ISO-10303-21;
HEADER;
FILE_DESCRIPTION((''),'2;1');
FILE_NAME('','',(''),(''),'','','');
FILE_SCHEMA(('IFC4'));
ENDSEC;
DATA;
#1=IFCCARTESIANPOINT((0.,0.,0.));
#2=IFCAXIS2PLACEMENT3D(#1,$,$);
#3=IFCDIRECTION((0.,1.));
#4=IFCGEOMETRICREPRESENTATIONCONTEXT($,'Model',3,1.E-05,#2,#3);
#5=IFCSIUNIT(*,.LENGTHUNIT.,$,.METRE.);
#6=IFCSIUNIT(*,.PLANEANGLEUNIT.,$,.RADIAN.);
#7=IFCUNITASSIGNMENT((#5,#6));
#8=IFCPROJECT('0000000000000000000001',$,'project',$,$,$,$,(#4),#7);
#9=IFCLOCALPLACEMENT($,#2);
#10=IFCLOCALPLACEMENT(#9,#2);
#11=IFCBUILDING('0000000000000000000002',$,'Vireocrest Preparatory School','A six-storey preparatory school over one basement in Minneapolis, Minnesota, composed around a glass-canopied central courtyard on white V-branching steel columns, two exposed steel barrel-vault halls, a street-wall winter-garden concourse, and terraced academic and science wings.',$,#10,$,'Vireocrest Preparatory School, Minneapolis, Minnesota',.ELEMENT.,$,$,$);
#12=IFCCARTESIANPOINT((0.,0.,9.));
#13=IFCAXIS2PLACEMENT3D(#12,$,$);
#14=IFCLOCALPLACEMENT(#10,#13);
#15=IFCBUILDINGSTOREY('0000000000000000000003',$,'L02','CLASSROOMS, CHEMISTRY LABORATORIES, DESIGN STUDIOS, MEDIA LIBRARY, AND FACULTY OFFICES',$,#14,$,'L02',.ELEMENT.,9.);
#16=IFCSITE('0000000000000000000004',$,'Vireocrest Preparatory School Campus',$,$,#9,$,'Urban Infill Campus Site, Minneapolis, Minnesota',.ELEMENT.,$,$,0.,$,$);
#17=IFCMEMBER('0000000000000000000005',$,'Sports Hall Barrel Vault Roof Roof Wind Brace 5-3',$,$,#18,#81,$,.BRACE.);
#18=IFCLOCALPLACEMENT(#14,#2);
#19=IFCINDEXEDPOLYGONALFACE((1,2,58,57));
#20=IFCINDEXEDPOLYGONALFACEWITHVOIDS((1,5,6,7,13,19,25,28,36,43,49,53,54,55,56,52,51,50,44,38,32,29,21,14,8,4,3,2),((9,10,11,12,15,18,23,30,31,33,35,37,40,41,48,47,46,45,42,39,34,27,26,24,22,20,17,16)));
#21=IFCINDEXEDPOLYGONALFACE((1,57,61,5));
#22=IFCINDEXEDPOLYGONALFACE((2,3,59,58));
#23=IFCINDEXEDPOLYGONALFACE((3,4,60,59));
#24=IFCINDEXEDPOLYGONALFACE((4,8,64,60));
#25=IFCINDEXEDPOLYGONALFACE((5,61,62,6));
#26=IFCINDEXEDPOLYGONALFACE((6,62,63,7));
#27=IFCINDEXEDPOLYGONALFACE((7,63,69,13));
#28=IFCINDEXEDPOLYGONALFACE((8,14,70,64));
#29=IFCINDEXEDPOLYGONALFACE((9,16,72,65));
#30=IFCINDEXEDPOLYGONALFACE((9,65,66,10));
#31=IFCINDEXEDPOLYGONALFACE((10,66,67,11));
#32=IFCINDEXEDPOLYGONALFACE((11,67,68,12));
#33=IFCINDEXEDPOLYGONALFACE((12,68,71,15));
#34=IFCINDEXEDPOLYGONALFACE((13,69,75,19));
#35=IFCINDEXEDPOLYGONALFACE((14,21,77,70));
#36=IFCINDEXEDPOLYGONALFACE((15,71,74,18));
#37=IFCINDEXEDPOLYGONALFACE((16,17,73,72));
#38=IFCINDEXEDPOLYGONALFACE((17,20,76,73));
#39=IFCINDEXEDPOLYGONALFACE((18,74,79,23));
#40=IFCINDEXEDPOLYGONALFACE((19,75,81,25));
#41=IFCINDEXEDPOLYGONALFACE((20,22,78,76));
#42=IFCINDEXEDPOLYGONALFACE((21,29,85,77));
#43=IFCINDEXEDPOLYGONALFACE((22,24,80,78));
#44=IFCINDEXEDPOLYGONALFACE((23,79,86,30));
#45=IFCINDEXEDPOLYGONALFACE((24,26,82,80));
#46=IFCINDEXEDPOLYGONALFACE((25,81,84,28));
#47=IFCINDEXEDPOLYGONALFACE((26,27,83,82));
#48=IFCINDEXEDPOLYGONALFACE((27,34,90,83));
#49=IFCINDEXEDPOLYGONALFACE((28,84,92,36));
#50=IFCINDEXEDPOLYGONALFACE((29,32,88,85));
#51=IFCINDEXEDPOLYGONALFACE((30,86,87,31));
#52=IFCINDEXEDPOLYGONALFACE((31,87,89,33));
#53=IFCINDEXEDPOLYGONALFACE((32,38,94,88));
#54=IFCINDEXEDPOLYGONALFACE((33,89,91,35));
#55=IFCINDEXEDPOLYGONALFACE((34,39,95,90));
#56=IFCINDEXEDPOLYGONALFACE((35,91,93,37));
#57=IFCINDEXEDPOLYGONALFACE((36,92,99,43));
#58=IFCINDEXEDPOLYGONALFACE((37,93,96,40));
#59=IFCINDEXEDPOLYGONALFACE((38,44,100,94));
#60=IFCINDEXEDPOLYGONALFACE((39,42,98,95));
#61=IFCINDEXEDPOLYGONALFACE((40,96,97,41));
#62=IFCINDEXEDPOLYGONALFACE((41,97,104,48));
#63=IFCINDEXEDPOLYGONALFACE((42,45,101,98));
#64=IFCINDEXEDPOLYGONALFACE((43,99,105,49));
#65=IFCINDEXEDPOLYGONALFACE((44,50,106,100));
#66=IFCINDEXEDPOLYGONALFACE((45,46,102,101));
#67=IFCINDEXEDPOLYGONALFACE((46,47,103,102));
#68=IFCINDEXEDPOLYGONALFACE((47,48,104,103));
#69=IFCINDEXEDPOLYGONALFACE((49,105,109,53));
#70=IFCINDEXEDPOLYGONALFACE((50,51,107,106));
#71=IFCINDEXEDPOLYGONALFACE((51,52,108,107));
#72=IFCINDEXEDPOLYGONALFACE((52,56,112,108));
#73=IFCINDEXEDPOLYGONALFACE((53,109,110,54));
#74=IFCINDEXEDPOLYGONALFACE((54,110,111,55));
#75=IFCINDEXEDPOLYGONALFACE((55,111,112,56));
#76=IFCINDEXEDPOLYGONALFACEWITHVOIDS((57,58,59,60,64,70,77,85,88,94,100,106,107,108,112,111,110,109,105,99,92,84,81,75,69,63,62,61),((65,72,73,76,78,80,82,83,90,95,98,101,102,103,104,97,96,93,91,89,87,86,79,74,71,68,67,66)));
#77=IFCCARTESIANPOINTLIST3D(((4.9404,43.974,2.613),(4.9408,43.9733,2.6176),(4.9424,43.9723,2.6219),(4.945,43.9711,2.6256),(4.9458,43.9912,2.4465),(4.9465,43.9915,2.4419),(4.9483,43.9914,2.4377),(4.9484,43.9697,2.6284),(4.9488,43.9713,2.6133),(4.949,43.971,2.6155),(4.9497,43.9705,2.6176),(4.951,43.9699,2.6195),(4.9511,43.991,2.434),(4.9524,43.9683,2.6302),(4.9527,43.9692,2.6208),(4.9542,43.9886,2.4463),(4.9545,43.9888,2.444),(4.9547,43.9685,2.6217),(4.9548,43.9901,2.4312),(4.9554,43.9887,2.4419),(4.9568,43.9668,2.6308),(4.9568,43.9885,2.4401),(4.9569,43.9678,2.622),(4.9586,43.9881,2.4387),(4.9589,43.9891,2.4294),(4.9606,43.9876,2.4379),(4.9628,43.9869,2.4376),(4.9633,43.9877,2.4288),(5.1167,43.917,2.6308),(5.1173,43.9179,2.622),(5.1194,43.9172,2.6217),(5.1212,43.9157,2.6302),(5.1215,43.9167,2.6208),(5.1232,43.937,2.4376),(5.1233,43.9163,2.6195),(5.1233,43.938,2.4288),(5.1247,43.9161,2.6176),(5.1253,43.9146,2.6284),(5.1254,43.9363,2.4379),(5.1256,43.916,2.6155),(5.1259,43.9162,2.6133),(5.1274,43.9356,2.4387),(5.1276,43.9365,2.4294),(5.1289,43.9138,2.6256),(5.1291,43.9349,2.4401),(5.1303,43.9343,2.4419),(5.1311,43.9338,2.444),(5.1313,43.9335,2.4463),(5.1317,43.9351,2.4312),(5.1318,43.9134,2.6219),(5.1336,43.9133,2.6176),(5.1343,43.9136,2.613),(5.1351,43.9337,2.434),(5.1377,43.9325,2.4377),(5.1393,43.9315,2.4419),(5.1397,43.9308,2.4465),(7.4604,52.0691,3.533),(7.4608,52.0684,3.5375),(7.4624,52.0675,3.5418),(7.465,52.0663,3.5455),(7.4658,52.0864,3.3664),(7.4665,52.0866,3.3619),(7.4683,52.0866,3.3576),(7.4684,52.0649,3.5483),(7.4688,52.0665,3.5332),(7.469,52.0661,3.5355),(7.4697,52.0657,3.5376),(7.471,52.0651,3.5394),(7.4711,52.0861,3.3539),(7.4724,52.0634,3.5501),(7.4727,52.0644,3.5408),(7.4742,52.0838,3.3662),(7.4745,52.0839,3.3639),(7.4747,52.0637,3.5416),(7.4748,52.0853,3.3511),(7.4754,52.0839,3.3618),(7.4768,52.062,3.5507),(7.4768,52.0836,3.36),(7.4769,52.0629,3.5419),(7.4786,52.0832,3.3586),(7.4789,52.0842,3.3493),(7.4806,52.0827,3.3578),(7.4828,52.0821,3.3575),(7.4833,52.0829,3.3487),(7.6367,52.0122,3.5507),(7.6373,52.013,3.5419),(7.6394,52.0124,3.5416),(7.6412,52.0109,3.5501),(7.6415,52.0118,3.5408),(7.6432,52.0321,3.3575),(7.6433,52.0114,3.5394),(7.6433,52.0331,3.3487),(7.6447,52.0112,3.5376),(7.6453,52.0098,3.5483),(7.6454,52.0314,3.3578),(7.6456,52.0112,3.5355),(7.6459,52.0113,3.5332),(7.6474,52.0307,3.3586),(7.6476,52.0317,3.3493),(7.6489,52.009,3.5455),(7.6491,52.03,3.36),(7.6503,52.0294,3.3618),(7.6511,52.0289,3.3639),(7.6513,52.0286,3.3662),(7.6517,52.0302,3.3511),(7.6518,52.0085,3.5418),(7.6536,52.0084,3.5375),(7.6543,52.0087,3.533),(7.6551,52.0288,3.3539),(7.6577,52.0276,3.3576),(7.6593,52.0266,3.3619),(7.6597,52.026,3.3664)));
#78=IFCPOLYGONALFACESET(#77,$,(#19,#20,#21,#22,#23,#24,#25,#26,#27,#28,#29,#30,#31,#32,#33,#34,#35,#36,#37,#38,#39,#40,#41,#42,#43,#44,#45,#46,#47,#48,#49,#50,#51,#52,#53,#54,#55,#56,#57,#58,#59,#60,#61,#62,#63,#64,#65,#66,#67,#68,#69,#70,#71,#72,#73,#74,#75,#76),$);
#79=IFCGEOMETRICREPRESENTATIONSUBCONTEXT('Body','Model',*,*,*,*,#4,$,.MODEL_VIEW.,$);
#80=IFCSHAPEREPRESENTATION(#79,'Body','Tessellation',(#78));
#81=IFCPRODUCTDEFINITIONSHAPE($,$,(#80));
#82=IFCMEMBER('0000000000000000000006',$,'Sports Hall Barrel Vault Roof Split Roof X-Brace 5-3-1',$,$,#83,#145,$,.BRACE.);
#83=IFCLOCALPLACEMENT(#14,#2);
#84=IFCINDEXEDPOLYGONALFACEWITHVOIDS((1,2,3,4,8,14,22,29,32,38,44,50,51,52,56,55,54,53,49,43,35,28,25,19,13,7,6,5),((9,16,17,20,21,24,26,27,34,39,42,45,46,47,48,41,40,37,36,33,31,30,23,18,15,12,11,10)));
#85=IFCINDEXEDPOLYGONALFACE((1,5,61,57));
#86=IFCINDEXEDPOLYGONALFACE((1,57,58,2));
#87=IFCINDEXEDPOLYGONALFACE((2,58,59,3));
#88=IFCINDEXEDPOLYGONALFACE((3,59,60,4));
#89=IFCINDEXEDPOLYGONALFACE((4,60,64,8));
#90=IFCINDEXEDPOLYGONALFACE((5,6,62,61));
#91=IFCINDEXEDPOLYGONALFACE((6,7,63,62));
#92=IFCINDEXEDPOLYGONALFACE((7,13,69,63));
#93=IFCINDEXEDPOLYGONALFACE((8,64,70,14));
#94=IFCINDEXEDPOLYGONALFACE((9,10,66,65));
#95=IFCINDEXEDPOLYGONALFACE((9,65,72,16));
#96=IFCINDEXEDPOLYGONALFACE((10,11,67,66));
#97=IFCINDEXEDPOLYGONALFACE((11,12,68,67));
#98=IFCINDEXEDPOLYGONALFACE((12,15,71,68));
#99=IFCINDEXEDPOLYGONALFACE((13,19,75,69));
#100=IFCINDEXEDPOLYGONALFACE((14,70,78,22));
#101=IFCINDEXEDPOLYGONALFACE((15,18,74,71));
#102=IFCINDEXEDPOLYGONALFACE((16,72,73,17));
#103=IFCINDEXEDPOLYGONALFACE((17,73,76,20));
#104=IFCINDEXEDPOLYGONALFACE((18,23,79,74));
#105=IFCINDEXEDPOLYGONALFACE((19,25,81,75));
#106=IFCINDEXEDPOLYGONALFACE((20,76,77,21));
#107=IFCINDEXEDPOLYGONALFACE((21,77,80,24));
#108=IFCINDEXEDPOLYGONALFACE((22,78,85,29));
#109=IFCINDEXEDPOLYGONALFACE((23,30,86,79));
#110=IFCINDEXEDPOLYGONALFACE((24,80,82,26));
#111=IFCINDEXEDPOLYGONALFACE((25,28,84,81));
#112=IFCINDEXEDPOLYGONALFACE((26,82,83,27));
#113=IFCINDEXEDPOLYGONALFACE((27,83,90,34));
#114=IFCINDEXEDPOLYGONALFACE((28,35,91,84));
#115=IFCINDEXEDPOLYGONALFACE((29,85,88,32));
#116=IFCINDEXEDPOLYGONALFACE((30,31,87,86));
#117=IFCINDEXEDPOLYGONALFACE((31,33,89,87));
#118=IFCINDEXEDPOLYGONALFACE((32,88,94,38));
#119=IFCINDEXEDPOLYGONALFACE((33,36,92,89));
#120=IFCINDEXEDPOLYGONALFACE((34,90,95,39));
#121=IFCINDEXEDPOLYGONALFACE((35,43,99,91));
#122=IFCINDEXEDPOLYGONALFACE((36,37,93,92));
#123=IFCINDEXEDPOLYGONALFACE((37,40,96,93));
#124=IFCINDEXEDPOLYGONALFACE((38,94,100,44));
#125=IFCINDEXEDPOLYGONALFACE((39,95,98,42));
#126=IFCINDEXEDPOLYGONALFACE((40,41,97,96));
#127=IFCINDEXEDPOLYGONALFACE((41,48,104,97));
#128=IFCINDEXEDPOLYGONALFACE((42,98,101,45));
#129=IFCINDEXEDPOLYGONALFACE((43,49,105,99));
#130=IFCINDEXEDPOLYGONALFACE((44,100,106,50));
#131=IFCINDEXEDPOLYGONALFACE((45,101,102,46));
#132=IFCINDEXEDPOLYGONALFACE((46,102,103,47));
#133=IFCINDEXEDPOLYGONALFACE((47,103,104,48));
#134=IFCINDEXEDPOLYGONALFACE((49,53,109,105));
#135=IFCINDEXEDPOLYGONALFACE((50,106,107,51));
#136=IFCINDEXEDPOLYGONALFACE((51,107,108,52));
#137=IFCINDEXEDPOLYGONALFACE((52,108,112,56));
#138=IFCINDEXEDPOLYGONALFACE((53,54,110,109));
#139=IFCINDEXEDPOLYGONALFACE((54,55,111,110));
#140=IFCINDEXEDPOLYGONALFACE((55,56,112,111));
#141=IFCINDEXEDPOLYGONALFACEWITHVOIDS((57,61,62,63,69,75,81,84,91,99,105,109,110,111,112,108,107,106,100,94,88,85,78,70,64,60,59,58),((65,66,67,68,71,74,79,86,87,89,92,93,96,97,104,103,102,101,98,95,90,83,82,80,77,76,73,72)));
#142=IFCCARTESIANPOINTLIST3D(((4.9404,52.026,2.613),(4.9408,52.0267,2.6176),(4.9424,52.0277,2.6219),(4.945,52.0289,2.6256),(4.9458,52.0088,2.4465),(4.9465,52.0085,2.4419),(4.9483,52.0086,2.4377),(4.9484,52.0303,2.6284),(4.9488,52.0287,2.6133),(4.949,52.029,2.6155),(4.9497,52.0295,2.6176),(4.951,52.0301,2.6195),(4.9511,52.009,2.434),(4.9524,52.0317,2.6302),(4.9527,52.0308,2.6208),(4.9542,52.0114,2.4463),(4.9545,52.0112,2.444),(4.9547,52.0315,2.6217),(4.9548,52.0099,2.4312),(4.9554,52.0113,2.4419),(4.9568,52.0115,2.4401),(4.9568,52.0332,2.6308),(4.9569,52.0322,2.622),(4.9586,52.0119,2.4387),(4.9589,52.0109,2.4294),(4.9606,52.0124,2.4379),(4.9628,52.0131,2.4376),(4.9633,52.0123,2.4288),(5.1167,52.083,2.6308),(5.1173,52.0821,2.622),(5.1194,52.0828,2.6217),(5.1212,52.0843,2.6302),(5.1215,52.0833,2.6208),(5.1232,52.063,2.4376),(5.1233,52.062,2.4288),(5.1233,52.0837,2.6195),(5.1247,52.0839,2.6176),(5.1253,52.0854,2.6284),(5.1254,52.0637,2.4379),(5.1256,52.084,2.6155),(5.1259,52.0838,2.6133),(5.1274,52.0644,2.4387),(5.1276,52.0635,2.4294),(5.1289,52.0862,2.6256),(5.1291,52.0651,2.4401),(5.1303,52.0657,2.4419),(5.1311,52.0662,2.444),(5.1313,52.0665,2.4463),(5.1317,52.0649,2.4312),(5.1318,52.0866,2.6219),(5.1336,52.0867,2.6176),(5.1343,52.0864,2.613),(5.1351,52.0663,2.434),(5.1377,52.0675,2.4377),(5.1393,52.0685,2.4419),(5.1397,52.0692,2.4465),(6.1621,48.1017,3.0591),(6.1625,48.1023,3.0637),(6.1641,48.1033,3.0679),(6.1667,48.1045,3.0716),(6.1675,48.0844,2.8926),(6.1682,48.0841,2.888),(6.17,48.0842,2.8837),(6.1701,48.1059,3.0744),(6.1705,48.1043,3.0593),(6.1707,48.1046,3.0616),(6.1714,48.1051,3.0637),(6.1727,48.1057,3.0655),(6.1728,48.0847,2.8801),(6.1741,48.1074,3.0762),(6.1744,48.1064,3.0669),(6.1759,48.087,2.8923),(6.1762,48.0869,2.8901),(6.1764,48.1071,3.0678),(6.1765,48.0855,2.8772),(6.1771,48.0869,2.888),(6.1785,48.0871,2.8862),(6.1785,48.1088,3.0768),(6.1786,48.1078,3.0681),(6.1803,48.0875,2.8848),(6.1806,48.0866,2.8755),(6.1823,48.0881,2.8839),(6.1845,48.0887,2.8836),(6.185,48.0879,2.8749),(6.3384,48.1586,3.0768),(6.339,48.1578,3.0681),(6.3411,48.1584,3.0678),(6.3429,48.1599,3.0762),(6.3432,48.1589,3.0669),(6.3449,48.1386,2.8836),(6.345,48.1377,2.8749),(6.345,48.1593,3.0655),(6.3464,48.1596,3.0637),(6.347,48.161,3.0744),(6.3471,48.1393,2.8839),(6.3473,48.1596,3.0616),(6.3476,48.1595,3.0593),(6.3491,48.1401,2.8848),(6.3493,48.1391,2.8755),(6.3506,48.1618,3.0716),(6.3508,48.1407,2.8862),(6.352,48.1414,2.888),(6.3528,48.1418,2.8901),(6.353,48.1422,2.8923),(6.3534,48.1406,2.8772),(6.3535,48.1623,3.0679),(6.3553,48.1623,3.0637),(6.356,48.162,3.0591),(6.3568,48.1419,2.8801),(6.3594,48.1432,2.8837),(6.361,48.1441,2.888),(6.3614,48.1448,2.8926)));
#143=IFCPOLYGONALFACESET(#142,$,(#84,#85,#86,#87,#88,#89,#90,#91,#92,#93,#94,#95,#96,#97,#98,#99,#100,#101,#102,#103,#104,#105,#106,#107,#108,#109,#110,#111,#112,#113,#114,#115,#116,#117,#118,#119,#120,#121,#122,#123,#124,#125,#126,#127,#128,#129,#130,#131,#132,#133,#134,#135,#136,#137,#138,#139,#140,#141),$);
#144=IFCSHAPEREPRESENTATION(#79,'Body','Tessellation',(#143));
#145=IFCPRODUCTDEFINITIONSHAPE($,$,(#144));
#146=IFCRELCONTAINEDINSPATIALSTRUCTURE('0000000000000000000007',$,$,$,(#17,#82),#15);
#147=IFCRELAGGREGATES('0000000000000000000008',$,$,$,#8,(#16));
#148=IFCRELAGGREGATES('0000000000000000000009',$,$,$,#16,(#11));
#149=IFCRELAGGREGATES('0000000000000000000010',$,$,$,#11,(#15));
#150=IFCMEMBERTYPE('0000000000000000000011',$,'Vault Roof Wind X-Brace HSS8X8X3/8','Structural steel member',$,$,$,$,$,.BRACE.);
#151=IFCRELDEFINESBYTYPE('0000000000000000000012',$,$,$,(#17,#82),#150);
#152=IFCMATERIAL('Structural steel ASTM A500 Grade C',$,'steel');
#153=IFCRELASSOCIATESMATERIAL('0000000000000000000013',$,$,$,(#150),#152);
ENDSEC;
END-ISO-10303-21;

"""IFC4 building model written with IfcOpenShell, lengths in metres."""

from ifc_helpers import new_model, si_unit, direction, frame, origin, origin_2d, place, context, subcontext, project, spatial, hollow_rectangle, extrude, material, material_profile, profile_set, type_object, element, save


model = new_model("IFC4")

# Units and contexts
model_context = context("Model", 3, precision=1e-05, world=origin(), true_north=direction((0.0, 1.0)))
body_context = subcontext(model_context, "Body", "Model", "MODEL_VIEW")
ifc_project = project(units=[si_unit("LENGTHUNIT", "METRE"), si_unit("PLANEANGLEUNIT", "RADIAN")], contexts=[model_context])

# Site, building, storey
site_placement = place(None, origin())
site = spatial("IfcSite", under=ifc_project, at=site_placement, Name="Vireocrest Preparatory School Campus", LongName="Urban Infill Campus Site, Minneapolis, Minnesota", CompositionType="ELEMENT", RefElevation=0.0)
building_placement = place(site_placement, origin())
building = spatial("IfcBuilding", under=site, at=building_placement, Name="Vireocrest Preparatory School", Description="A six-storey preparatory school over one basement in Minneapolis, Minnesota, composed around a glass-canopied central courtyard on white V-branching steel columns, two exposed steel barrel-vault halls, a street-wall winter-garden concourse, and terraced academic and science wings.", LongName="Vireocrest Preparatory School, Minneapolis, Minnesota", CompositionType="ELEMENT")
storey_placement = place(building_placement, frame((0.0, 0.0, 9.0)))
storey = spatial("IfcBuildingStorey", under=building, at=storey_placement, Name="L02", Description="CLASSROOMS, CHEMISTRY LABORATORIES, DESIGN STUDIOS, MEDIA LIBRARY, AND FACULTY OFFICES", LongName="L02", CompositionType="ELEMENT", Elevation=9.0)

# Shared definitions
ifc_material_1 = material(Name="Structural steel ASTM A500 Grade C", Category="steel")

# Members
ifc_material_profile_1 = material_profile(ifc_material_1, hollow_rectangle(XDim=0.2031, YDim=0.2031, WallThickness=0.0088, InnerFilletRadius=0.0088, OuterFilletRadius=0.0178, at=origin_2d()), Name="HSS8X8X3/8")
ifc_profile_set_1 = profile_set([ifc_material_profile_1], Name="Structural steel ASTM A500 Grade C")
member_type_1 = type_object("IfcMemberType", Name="Vault Roof Wind X-Brace HSS8X8X3/8", Description="Structural steel member", PredefinedType="BRACE", material=ifc_profile_set_1)
member_1_placement = place(storey_placement, frame((5.04, 43.9524, 2.5298), z_axis=(0.295494, 0.949235, 0.107869), x_axis=(-0.954806, 0.297229, 0.0)))
element("IfcMember", 1, at=member_1_placement, inside=storey, type_object=member_type_1, Name="Sports Hall Barrel Vault Roof Roof Wind Brace 5-3", PredefinedType="BRACE", context=body_context, shape_type="SweptSolid", body=[
    extrude(hollow_rectangle(XDim=0.2031, YDim=0.2031, WallThickness=0.0088, InnerFilletRadius=0.0088, OuterFilletRadius=0.0178, at=origin_2d()), origin(), (0.0, 0.0, 1.0), 8.5281),
])
for number, where, z_axis, x_axis, name in (
    (2, (5.04, 52.0476, 2.5298), (0.295505, -0.949229, 0.107891), (0.954803, 0.29724, 0.0), "Sports Hall Barrel Vault Roof Split Roof X-Brace 5-3-1"),
):
    element("IfcMember", number, at=place(storey_placement, frame(where, z_axis=z_axis, x_axis=x_axis)), inside=storey, type_object=member_type_1, Name=name, PredefinedType="BRACE", context=body_context, shape_type="SweptSolid", body=[
        extrude(hollow_rectangle(XDim=0.2031, YDim=0.2031, WallThickness=0.0088, InnerFilletRadius=0.0088, OuterFilletRadius=0.0178, at=origin_2d()), origin(), (0.0, 0.0, 1.0), 4.1343),
    ])

save(model, "model.ifc")
